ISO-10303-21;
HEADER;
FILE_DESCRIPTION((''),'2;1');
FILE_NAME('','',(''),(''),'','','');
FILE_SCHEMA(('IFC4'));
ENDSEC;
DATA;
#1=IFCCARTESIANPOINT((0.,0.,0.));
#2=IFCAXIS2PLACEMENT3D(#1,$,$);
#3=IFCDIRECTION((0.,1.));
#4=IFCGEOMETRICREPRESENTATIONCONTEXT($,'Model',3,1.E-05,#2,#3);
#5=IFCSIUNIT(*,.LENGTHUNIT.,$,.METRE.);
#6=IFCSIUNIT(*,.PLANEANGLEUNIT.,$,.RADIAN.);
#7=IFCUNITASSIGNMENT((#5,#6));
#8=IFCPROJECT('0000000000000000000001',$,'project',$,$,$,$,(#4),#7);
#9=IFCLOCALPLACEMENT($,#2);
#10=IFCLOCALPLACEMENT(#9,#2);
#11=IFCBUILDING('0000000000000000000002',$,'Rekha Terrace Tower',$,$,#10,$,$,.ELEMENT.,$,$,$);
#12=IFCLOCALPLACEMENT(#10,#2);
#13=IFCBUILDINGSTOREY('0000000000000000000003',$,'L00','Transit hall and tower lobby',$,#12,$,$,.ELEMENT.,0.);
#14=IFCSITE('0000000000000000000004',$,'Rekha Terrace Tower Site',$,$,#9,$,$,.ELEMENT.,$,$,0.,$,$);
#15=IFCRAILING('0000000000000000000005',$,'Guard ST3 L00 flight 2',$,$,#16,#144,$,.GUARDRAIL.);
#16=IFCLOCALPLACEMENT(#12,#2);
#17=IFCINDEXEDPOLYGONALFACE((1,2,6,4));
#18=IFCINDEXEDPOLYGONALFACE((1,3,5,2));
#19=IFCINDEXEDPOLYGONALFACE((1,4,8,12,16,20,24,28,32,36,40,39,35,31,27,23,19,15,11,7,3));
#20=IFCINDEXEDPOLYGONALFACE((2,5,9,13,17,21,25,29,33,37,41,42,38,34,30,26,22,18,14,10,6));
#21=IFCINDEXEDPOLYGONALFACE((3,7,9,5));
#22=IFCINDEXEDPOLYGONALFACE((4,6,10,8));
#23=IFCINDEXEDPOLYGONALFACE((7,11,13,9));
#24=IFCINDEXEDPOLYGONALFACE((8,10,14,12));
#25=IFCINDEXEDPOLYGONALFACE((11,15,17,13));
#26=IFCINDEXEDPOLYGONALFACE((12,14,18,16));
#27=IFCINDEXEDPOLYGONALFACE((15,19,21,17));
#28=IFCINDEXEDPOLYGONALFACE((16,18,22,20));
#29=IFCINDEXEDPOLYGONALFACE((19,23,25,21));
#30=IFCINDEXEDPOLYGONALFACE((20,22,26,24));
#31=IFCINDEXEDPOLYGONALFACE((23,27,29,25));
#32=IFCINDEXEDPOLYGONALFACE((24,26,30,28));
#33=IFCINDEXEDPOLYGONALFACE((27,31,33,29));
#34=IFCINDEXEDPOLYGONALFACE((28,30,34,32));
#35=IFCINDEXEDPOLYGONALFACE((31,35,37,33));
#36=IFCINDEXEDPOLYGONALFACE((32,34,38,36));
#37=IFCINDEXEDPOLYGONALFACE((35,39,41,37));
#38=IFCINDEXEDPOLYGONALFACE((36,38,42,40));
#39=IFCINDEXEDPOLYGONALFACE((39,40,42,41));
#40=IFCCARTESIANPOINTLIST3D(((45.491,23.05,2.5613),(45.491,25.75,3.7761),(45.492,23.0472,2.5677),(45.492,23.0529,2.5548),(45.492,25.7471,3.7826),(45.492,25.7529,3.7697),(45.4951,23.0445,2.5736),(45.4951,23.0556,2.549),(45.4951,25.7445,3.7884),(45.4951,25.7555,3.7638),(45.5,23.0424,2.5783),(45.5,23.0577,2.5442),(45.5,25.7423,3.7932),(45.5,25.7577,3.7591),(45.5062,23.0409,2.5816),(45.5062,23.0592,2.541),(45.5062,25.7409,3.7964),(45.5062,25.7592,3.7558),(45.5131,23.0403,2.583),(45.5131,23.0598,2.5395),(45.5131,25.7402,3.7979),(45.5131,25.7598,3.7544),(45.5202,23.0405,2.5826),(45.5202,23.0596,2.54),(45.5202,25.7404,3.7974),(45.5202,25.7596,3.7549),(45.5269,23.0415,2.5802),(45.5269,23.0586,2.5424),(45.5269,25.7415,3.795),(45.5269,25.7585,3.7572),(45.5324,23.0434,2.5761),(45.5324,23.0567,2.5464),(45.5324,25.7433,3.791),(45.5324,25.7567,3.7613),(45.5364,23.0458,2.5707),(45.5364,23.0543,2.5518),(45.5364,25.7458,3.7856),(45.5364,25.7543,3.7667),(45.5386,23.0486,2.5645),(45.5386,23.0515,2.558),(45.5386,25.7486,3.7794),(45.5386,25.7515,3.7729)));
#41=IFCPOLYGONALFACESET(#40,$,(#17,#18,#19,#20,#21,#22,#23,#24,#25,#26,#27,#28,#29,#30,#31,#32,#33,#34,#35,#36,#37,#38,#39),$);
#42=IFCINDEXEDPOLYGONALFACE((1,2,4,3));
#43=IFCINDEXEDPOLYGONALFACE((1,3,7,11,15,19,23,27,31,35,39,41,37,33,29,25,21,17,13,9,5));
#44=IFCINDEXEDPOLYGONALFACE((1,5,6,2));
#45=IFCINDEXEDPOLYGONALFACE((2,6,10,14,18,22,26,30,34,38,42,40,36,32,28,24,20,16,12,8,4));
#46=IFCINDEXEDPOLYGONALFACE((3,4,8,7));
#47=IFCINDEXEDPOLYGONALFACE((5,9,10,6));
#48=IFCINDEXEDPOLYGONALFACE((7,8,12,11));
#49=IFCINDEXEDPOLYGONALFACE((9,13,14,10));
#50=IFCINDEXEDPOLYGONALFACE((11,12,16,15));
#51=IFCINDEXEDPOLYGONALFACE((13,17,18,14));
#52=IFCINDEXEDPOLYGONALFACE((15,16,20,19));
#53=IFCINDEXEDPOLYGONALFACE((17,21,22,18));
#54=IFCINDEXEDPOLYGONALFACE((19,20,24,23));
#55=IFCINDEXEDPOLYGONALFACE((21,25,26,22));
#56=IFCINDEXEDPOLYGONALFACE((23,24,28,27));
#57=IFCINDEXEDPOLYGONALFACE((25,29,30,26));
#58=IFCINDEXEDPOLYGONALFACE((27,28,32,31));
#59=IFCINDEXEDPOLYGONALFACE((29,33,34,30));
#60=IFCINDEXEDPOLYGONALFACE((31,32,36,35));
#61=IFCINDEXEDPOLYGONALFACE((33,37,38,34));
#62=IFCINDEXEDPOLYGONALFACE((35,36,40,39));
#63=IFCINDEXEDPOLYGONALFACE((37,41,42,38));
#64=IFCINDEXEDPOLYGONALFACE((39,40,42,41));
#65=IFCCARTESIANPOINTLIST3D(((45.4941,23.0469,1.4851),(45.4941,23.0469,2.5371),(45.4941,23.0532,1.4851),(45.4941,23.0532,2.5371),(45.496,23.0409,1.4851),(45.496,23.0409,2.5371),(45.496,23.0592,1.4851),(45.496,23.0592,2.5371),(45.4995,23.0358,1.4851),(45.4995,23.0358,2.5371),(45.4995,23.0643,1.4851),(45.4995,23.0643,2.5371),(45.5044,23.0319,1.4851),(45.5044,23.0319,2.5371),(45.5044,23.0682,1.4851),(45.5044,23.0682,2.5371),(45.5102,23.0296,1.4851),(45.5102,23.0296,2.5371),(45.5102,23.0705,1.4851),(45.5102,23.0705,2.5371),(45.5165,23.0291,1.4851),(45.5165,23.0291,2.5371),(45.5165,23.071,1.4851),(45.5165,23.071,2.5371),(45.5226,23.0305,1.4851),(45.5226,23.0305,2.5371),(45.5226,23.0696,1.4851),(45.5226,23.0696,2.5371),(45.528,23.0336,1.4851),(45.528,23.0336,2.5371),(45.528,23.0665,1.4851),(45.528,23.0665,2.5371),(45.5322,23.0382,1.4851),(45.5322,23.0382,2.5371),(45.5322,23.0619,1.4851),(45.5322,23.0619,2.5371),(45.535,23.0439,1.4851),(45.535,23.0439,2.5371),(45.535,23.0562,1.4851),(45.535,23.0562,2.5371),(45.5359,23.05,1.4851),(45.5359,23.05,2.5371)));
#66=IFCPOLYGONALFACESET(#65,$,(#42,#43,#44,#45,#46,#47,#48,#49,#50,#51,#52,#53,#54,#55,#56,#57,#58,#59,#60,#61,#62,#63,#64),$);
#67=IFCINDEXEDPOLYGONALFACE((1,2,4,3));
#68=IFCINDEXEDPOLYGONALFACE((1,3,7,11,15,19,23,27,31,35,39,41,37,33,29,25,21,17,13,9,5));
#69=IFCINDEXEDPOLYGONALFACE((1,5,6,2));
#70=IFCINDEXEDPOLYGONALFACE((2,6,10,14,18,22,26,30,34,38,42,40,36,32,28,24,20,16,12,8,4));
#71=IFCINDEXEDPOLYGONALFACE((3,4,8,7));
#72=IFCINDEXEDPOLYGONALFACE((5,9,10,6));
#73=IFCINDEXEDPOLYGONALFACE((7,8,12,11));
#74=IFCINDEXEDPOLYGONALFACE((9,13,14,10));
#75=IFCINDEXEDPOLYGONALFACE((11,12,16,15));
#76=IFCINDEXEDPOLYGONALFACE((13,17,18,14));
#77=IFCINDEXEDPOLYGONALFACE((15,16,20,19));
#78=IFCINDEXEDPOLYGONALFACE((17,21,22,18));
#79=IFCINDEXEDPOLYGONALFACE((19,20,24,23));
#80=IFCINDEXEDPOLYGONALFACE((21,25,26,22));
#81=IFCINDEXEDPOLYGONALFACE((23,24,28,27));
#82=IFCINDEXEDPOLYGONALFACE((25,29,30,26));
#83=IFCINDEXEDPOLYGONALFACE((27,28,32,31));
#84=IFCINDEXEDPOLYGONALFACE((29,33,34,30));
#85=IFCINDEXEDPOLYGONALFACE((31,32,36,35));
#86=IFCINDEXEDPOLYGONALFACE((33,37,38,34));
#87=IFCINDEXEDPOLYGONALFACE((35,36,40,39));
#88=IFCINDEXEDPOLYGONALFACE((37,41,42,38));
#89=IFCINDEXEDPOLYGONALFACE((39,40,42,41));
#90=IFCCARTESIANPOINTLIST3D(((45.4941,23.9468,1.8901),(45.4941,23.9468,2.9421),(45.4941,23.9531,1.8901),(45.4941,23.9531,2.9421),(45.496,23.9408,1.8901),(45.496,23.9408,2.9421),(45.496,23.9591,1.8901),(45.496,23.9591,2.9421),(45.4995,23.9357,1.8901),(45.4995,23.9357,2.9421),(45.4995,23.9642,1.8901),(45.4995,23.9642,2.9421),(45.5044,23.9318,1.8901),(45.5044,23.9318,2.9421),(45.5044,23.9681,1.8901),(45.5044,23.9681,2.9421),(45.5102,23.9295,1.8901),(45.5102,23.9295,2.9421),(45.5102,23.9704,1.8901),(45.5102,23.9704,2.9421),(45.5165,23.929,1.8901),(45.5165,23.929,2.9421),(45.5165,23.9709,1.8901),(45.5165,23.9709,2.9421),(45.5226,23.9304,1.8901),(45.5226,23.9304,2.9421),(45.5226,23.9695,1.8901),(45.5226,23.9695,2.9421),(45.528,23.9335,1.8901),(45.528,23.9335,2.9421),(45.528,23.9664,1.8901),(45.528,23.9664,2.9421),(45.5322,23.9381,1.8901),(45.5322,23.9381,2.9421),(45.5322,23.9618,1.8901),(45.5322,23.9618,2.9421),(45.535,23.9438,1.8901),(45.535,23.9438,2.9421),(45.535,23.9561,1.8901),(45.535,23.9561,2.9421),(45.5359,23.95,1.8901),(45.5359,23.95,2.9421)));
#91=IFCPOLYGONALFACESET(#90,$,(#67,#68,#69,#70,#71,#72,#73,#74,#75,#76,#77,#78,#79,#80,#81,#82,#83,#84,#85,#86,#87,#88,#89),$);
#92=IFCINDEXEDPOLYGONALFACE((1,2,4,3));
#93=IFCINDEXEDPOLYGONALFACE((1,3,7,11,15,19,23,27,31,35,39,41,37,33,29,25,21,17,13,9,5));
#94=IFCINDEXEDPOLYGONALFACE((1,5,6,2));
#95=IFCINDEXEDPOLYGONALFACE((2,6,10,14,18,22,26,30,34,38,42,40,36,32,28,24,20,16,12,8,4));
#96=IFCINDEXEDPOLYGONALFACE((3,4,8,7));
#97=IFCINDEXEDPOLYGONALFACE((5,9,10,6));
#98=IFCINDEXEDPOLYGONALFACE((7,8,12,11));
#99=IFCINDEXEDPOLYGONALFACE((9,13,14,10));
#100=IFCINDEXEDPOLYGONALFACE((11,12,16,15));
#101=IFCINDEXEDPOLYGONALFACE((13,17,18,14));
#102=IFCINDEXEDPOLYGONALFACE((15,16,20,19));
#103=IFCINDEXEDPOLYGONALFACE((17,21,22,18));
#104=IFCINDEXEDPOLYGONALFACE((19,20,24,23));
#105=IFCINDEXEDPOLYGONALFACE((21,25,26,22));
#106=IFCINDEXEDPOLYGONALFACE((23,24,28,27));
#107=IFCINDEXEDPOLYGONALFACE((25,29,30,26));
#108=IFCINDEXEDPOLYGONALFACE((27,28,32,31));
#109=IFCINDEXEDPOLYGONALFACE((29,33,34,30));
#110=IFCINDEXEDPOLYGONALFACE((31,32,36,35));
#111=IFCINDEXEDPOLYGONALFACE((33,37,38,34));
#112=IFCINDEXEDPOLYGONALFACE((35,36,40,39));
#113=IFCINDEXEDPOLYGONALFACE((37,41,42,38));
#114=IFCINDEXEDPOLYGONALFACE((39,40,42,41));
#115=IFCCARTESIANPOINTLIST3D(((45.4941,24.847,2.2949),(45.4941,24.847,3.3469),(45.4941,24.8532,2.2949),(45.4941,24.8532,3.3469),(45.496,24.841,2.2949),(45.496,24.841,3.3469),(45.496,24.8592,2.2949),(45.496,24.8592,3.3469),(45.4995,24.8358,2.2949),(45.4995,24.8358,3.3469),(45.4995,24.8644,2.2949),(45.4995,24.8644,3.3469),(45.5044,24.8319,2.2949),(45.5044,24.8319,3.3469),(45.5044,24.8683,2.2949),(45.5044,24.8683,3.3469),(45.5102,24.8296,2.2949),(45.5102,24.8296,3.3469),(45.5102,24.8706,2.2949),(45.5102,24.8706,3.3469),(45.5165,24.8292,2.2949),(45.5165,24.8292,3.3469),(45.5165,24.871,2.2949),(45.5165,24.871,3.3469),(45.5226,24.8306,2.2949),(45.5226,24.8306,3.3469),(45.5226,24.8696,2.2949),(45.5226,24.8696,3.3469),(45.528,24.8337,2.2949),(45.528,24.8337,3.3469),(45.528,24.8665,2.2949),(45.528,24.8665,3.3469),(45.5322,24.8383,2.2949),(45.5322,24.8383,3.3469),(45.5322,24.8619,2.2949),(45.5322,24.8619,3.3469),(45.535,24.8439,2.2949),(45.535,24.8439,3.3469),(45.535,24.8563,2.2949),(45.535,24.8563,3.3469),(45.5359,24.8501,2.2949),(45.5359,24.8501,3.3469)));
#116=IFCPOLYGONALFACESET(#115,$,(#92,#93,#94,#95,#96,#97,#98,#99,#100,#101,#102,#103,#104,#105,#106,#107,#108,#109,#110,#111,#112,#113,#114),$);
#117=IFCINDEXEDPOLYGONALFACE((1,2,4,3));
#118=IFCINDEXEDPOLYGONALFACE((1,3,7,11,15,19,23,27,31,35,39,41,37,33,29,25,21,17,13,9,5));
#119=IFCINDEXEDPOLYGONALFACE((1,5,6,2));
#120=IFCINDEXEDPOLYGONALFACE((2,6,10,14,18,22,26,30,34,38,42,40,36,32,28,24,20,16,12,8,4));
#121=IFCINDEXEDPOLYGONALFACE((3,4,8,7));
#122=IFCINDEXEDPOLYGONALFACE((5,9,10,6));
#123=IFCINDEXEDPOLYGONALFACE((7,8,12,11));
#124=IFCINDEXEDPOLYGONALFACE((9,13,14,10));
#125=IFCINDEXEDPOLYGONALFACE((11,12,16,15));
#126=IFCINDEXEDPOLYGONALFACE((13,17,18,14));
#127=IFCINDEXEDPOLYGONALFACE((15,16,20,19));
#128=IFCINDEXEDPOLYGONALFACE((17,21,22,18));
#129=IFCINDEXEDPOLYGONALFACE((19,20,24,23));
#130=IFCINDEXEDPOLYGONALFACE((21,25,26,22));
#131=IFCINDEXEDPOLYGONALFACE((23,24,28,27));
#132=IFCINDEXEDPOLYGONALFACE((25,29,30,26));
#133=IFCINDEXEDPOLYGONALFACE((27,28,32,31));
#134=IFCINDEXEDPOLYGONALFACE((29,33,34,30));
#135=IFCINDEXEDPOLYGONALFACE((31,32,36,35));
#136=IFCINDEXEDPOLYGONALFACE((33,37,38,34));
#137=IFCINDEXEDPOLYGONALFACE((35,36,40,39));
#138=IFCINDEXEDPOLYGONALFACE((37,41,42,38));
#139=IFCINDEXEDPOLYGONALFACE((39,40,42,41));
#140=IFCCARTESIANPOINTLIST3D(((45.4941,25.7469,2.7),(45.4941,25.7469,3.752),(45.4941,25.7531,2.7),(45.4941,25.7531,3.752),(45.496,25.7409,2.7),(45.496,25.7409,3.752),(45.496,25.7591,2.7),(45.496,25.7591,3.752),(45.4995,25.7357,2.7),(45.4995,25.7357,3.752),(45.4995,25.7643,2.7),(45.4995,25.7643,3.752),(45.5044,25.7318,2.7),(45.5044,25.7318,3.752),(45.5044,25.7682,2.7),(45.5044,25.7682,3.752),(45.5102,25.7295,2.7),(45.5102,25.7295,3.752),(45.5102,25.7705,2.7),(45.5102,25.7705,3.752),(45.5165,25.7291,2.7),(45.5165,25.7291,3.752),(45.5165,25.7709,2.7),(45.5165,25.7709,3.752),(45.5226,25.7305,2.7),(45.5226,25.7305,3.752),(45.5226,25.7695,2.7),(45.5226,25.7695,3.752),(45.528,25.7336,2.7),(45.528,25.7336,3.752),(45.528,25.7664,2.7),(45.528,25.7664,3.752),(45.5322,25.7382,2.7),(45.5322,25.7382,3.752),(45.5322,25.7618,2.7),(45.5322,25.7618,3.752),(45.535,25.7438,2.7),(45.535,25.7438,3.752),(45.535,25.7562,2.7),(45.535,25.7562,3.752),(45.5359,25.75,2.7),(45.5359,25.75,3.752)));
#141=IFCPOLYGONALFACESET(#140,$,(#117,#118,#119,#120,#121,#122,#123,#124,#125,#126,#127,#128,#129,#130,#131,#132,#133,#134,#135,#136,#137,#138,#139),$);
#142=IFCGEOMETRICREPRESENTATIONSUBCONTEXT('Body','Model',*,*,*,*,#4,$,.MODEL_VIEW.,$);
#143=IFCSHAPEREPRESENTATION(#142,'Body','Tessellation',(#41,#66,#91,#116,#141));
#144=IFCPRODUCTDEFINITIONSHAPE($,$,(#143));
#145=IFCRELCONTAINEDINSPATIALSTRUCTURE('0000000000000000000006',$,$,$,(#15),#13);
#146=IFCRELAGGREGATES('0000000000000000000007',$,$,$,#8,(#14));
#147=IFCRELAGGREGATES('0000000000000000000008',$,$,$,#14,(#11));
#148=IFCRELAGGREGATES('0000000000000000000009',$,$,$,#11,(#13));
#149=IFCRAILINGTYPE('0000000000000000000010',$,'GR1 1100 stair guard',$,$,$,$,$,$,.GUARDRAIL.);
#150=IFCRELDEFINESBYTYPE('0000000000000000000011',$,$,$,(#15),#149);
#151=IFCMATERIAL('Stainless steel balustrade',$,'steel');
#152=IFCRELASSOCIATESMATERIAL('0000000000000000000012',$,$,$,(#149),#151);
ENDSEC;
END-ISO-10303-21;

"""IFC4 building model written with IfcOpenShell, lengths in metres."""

from ifc_helpers import new_model, si_unit, direction, frame, origin, origin_2d, place, context, subcontext, project, spatial, circle, extrude, material, type_object, element, save


model = new_model("IFC4")

# Units and contexts
model_context = context("Model", 3, precision=1e-05, world=origin(), true_north=direction((0.0, 1.0)))
body_context = subcontext(model_context, "Body", "Model", "MODEL_VIEW")
ifc_project = project(units=[si_unit("LENGTHUNIT", "METRE"), si_unit("PLANEANGLEUNIT", "RADIAN")], contexts=[model_context])

# Site, building, storey
site_placement = place(None, origin())
site = spatial("IfcSite", under=ifc_project, at=site_placement, Name="Rekha Terrace Tower Site", CompositionType="ELEMENT", RefElevation=0.0)
building_placement = place(site_placement, origin())
building = spatial("IfcBuilding", under=site, at=building_placement, Name="Rekha Terrace Tower", CompositionType="ELEMENT")
storey_placement = place(building_placement, origin())
storey = spatial("IfcBuildingStorey", under=building, at=storey_placement, Name="L00", Description="Transit hall and tower lobby", CompositionType="ELEMENT", Elevation=0.0)

# Railing
ifc_material_1 = material(Name="Stainless steel balustrade", Category="steel")
railing_type_1 = type_object("IfcRailingType", Name="GR1 1100 stair guard", PredefinedType="GUARDRAIL", material=ifc_material_1)
railing_1_placement = place(storey_placement, frame((45.5149, 23.05, 1.4851)))
element("IfcRailing", 1, at=railing_1_placement, inside=storey, type_object=railing_type_1, Name="Guard ST3 L00 flight 2", PredefinedType="GUARDRAIL", context=body_context, shape_type="SweptSolid", body=[
    extrude(circle(Radius=0.0239, at=origin_2d()), frame((0.0, 0.0, 1.0762), z_axis=(0.0, 0.911938, 0.410327), x_axis=(-1.0, 0.0, 0.0)), (0.0, 0.0, 1.0), 2.9607),
    extrude(circle(Radius=0.021, at=origin_2d()), origin(), (0.0, 0.0, 1.0), 1.052),
    extrude(circle(Radius=0.021, at=origin_2d()), frame((0.0, 0.8999, 0.405)), (0.0, 0.0, 1.0), 1.052),
    extrude(circle(Radius=0.021, at=origin_2d()), frame((0.0, 1.8, 0.8098)), (0.0, 0.0, 1.0), 1.052),
    extrude(circle(Radius=0.021, at=origin_2d()), frame((0.0, 2.7, 1.2148)), (0.0, 0.0, 1.0), 1.052),
])

save(model, "model.ifc")
